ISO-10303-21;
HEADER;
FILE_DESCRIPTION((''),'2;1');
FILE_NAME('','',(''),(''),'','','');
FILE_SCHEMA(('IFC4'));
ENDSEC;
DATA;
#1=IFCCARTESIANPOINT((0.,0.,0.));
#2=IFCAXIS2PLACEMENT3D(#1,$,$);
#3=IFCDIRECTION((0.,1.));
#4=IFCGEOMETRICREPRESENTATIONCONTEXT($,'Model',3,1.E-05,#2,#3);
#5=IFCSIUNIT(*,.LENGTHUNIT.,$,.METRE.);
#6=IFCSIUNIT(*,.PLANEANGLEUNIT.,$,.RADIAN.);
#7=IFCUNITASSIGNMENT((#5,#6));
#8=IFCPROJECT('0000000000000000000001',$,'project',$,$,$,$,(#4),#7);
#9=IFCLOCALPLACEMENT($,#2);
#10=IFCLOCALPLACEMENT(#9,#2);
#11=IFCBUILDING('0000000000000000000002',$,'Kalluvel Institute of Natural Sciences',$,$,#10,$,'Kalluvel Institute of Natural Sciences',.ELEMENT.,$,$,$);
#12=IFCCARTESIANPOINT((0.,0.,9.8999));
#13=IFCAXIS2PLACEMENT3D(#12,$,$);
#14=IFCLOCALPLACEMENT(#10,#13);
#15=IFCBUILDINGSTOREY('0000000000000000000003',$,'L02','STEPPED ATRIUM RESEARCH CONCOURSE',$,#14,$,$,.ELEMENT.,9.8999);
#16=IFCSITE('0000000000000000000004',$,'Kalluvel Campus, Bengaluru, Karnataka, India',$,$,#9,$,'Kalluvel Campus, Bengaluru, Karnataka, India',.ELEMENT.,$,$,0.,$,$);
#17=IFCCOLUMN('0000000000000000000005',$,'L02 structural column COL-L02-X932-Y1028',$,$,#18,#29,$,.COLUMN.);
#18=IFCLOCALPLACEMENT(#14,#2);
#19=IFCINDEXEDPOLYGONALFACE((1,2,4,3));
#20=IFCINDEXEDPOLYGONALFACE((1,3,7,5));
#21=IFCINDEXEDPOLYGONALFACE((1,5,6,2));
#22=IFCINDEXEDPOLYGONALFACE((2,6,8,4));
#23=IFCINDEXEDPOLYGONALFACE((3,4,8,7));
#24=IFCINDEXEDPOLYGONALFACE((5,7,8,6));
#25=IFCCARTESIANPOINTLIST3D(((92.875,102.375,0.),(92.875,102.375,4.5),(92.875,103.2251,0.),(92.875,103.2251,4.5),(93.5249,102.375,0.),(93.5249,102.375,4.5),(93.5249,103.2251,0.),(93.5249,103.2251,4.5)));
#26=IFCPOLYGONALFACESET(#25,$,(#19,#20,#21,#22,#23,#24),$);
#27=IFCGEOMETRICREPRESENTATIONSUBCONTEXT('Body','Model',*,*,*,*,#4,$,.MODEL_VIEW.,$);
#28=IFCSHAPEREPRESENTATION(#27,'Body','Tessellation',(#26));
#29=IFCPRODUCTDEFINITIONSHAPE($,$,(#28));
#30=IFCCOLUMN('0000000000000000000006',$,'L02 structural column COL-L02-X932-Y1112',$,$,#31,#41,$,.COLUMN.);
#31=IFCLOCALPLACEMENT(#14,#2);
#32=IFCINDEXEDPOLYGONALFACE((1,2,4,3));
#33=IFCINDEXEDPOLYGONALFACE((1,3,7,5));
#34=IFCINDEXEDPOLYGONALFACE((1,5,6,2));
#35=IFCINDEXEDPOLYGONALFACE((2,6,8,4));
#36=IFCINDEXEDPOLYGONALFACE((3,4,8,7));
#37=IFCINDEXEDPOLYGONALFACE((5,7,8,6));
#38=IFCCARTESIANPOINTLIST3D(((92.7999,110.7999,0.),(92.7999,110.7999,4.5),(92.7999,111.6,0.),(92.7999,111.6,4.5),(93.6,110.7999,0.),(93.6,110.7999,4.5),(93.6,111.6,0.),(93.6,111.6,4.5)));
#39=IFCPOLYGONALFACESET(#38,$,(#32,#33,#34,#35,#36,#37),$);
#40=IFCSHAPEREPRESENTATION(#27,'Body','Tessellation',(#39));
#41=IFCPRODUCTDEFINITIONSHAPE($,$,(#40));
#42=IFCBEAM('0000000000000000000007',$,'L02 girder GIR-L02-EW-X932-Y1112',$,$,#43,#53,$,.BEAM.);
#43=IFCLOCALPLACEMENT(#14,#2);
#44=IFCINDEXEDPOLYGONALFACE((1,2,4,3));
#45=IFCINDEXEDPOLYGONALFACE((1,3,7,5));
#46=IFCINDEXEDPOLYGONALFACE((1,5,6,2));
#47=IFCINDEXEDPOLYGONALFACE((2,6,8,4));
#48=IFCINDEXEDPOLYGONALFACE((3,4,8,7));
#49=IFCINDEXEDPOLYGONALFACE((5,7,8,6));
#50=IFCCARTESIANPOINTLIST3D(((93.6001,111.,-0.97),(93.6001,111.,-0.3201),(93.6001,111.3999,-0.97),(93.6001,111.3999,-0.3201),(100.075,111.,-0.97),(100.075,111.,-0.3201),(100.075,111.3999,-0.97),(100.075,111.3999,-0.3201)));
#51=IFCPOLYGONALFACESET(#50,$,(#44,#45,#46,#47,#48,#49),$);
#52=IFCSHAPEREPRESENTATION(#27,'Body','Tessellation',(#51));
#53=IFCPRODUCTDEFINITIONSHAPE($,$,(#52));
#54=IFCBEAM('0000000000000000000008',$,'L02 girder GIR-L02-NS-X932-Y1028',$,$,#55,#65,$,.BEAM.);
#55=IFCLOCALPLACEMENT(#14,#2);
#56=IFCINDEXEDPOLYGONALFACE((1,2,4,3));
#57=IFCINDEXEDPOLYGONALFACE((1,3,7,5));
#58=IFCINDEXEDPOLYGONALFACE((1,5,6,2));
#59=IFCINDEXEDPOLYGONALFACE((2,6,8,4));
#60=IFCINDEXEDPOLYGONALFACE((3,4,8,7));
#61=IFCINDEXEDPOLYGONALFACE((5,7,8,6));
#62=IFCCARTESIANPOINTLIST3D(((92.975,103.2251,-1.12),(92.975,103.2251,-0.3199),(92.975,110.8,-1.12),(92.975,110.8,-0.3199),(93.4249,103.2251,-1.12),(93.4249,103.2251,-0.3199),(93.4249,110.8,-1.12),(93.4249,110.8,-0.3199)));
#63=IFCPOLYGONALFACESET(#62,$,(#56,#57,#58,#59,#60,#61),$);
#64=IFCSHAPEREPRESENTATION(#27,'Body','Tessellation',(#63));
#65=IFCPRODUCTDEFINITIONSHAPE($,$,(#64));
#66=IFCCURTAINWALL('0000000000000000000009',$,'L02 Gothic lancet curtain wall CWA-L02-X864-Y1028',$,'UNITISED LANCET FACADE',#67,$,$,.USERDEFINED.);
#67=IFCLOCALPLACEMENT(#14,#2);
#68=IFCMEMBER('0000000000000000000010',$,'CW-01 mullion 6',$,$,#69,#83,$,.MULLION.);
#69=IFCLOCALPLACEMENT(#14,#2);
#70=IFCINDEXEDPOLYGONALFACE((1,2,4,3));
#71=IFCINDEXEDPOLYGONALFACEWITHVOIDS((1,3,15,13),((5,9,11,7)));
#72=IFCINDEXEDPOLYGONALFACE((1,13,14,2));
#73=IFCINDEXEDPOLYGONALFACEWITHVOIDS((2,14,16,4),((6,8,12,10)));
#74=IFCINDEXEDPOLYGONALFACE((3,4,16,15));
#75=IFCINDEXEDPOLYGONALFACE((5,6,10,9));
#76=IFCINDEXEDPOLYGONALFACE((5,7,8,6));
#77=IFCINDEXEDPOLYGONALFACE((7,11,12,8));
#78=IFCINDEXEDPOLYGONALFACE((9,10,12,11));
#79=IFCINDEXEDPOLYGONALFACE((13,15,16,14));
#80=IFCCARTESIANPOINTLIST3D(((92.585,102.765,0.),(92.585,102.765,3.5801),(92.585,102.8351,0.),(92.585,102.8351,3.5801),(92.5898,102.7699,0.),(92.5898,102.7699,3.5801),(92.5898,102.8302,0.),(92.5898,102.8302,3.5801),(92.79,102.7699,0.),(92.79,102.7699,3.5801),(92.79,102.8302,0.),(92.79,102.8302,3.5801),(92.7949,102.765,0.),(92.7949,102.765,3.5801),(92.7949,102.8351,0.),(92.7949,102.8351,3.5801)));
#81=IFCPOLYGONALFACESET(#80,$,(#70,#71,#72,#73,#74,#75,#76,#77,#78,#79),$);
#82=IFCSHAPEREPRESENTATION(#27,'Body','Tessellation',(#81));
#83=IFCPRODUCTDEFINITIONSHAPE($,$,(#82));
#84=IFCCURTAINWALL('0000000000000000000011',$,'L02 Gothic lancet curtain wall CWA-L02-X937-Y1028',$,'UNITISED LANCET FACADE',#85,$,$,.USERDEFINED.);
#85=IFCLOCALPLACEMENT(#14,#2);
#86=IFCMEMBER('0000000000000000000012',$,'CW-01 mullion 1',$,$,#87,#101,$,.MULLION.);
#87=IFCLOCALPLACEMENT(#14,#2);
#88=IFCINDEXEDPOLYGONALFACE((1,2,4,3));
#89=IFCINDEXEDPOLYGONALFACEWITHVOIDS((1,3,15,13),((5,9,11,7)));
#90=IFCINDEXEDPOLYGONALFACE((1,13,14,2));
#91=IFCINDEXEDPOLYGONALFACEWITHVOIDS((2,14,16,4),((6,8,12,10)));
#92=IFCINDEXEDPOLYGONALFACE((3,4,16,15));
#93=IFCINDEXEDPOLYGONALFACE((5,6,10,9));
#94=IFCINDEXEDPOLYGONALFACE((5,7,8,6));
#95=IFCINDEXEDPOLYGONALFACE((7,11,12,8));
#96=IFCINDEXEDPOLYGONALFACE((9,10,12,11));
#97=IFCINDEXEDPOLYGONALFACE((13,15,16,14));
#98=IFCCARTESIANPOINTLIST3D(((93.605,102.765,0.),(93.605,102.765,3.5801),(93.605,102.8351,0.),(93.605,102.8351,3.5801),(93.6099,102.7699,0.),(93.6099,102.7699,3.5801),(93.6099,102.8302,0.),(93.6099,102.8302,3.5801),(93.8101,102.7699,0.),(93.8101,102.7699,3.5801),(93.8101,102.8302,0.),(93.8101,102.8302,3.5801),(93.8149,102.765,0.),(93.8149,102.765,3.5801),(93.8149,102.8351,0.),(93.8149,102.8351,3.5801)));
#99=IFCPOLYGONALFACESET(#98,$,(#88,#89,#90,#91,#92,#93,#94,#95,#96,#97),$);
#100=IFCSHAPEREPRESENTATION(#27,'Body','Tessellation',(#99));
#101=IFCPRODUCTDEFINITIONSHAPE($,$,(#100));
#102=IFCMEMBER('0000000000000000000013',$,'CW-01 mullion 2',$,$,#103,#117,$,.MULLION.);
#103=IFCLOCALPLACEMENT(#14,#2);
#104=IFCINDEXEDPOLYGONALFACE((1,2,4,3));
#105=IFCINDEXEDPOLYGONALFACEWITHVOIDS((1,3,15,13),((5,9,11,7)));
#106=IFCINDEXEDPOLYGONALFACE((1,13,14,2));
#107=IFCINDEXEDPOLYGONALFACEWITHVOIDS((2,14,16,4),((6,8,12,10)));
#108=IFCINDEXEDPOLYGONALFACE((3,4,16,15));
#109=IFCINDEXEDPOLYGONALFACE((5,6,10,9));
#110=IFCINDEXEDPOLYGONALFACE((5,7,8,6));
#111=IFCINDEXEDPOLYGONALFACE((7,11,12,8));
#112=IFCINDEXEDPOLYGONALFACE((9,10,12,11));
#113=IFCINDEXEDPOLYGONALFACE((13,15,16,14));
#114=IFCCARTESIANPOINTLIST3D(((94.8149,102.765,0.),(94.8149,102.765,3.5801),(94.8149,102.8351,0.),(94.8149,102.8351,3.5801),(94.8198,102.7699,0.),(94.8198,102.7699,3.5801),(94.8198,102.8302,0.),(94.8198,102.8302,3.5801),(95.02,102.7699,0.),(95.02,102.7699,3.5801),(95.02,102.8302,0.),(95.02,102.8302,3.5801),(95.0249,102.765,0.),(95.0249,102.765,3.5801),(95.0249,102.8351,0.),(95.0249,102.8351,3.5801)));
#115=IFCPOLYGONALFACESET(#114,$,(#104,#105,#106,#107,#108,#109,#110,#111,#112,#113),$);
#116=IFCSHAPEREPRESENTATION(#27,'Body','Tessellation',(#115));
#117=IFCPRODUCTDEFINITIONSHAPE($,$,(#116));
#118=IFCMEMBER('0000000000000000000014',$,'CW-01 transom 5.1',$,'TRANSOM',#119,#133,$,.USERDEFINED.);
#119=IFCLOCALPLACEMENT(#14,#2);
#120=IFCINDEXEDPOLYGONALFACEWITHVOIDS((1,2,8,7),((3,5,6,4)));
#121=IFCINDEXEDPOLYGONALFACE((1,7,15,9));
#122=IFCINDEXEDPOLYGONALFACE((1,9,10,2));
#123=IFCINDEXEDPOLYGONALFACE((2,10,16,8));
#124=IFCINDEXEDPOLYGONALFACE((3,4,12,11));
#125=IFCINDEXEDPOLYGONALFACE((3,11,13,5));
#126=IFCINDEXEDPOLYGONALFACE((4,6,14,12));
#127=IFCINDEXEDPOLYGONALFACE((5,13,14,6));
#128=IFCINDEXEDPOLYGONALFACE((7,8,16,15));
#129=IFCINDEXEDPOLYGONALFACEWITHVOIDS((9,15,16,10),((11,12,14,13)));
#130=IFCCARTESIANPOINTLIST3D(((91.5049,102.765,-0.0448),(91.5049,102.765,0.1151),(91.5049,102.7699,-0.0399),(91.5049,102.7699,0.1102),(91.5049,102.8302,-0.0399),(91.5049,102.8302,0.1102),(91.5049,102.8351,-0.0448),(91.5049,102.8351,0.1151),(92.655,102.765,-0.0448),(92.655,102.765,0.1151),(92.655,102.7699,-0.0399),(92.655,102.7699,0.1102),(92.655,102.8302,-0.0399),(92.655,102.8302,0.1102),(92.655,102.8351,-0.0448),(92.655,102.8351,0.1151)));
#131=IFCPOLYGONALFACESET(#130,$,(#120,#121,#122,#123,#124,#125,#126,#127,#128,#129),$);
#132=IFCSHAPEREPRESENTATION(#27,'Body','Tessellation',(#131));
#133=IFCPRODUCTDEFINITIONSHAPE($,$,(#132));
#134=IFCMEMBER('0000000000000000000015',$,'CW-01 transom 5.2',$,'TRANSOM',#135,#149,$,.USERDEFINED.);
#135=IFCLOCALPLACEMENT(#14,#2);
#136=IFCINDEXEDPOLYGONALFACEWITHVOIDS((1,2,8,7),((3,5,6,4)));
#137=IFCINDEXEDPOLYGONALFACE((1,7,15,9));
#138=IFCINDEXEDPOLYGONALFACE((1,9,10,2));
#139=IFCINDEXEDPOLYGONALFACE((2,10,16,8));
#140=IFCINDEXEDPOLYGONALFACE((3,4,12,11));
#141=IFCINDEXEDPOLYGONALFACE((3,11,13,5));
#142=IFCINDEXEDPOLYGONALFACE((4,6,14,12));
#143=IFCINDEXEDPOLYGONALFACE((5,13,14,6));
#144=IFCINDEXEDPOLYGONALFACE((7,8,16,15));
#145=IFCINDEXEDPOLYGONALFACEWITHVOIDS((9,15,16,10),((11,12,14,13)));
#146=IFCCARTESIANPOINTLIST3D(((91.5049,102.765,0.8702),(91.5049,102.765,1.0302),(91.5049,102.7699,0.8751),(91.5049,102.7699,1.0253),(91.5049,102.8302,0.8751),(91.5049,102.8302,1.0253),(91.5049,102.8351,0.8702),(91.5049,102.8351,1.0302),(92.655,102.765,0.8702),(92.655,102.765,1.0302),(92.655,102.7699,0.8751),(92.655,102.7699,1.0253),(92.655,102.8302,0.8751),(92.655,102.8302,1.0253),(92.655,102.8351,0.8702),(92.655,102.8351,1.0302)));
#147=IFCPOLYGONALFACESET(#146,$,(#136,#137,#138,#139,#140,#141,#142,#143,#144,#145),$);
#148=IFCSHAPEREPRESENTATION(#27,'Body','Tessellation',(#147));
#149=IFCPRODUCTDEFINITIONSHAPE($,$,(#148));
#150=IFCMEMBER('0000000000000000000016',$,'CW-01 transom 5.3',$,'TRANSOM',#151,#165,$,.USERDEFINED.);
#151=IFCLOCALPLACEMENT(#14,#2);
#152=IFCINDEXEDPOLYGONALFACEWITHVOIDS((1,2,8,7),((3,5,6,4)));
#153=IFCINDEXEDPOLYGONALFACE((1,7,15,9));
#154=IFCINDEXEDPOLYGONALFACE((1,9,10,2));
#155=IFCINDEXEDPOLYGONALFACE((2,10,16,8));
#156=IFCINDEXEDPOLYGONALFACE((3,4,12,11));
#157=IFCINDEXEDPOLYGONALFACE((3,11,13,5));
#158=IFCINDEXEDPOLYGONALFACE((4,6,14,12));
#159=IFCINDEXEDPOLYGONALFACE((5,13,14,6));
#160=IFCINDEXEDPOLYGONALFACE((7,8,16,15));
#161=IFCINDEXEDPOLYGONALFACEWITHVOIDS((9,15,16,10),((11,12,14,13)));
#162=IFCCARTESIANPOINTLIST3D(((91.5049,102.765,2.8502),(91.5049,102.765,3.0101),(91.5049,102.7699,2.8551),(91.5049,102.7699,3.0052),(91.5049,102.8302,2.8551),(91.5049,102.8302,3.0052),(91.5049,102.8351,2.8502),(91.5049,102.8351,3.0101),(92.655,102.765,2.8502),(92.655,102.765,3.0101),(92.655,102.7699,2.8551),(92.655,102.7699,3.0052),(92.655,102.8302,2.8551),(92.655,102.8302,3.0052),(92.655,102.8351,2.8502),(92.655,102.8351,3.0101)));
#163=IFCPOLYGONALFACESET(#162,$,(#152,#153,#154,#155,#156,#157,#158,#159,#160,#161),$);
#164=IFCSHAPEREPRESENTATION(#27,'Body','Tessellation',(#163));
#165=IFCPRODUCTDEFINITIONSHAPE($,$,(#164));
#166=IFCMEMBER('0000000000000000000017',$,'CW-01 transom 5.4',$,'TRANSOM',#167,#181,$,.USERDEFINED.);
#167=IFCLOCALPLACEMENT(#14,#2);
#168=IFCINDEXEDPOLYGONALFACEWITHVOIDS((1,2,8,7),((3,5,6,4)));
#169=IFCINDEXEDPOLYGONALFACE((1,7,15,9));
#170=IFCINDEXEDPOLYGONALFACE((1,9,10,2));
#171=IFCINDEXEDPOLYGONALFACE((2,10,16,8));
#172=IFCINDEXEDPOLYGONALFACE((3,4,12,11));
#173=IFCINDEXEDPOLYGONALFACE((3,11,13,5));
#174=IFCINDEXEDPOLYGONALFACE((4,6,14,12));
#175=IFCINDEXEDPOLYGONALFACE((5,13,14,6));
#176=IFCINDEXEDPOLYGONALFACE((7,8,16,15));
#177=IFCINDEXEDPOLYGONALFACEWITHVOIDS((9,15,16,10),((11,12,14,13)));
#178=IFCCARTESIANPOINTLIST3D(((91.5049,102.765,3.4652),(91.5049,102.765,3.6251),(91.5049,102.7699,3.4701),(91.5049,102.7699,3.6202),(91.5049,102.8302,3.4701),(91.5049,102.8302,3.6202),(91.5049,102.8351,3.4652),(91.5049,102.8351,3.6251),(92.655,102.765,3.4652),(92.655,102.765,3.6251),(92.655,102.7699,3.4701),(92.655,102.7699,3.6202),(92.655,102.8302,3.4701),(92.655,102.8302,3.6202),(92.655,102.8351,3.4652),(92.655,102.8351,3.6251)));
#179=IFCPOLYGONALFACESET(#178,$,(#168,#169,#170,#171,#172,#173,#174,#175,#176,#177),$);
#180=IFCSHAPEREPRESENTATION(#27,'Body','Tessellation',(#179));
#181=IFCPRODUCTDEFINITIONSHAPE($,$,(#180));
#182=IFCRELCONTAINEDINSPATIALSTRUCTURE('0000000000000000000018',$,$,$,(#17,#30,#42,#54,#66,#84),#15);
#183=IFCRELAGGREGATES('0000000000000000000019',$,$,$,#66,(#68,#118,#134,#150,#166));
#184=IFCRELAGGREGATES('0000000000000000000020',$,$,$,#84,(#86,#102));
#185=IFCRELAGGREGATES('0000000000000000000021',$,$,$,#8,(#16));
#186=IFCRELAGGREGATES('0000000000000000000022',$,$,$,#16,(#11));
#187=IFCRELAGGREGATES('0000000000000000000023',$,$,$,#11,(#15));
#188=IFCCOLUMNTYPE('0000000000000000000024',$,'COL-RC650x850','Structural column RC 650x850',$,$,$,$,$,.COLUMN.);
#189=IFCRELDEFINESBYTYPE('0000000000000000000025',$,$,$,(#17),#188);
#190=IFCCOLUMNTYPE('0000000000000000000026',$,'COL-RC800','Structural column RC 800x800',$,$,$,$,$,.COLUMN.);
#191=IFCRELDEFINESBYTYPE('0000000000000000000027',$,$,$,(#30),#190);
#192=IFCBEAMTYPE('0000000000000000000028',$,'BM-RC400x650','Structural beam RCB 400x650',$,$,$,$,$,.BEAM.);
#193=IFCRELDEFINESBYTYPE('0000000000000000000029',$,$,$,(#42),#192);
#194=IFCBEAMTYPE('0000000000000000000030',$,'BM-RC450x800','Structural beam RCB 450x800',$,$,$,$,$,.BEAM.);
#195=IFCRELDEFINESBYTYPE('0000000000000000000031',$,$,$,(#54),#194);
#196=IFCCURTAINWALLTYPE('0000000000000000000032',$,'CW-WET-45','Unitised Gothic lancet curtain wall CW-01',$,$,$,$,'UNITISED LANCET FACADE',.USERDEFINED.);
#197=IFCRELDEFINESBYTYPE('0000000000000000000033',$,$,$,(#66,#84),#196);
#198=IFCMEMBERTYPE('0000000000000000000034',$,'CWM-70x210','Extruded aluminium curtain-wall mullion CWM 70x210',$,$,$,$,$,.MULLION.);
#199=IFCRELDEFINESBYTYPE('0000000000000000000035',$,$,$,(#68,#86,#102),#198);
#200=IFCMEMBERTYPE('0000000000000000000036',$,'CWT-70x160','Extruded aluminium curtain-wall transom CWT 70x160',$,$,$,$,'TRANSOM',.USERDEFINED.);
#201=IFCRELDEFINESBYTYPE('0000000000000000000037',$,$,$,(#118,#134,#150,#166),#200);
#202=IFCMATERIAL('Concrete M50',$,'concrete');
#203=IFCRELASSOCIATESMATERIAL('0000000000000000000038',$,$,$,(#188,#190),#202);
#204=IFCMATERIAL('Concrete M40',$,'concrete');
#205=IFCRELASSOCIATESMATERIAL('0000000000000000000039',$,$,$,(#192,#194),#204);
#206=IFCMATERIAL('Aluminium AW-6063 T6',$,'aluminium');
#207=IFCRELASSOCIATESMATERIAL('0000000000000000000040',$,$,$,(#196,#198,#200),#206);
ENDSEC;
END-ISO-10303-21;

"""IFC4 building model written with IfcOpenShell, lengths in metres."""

from ifc_helpers import new_model, si_unit, direction, frame, origin, origin_2d, place, context, subcontext, project, spatial, rectangle, hollow_rectangle, extrude, material, material_profile, profile_set, type_object, element, aggregate, save


model = new_model("IFC4")

# Units and contexts
model_context = context("Model", 3, precision=1e-05, world=origin(), true_north=direction((0.0, 1.0)))
body_context = subcontext(model_context, "Body", "Model", "MODEL_VIEW")
ifc_project = project(units=[si_unit("LENGTHUNIT", "METRE"), si_unit("PLANEANGLEUNIT", "RADIAN")], contexts=[model_context])

# Site, building, storey
site_placement = place(None, origin())
site = spatial("IfcSite", under=ifc_project, at=site_placement, Name="Kalluvel Campus, Bengaluru, Karnataka, India", LongName="Kalluvel Campus, Bengaluru, Karnataka, India", CompositionType="ELEMENT", RefElevation=0.0)
building_placement = place(site_placement, origin())
building = spatial("IfcBuilding", under=site, at=building_placement, Name="Kalluvel Institute of Natural Sciences", LongName="Kalluvel Institute of Natural Sciences", CompositionType="ELEMENT")
storey_placement = place(building_placement, frame((0.0, 0.0, 9.8999)))
storey = spatial("IfcBuildingStorey", under=building, at=storey_placement, Name="L02", Description="STEPPED ATRIUM RESEARCH CONCOURSE", CompositionType="ELEMENT", Elevation=9.8999)

# Columns
ifc_material_1 = material(Name="Concrete M50", Category="concrete")
ifc_material_profile_1 = material_profile(ifc_material_1, rectangle(XDim=0.6499, YDim=0.8501, at=origin_2d()), Name="RC 650x850")
ifc_profile_set_1 = profile_set([ifc_material_profile_1], Name="Concrete M50")
column_type_1 = type_object("IfcColumnType", Name="COL-RC650x850", Description="Structural column RC 650x850", PredefinedType="COLUMN", material=ifc_profile_set_1)
column_1_placement = place(storey_placement, frame((93.2, 102.8, 0.0), z_axis=(0.0, 0.0, 1.0), x_axis=(1.0, 0.0, 0.0)))
element("IfcColumn", 1, at=column_1_placement, inside=storey, type_object=column_type_1, Name="L02 structural column COL-L02-X932-Y1028", PredefinedType="COLUMN", context=body_context, shape_type="SweptSolid", body=[
    extrude(rectangle(XDim=0.6499, YDim=0.8501, at=origin_2d()), origin(), (0.0, 0.0, 1.0), 4.5),
])
ifc_material_profile_2 = material_profile(ifc_material_1, rectangle(XDim=0.8, YDim=0.8, at=origin_2d()), Name="RC 800x800")
ifc_profile_set_2 = profile_set([ifc_material_profile_2], Name="Concrete M50")
column_type_2 = type_object("IfcColumnType", Name="COL-RC800", Description="Structural column RC 800x800", PredefinedType="COLUMN", material=ifc_profile_set_2)
column_2_placement = place(storey_placement, frame((93.2, 111.2, 0.0), z_axis=(0.0, 0.0, 1.0), x_axis=(1.0, 0.0, 0.0)))
element("IfcColumn", 2, at=column_2_placement, inside=storey, type_object=column_type_2, Name="L02 structural column COL-L02-X932-Y1112", PredefinedType="COLUMN", context=body_context, shape_type="SweptSolid", body=[
    extrude(rectangle(XDim=0.8, YDim=0.8, at=origin_2d()), origin(), (0.0, 0.0, 1.0), 4.5),
])

# Beams
ifc_material_2 = material(Name="Concrete M40", Category="concrete")
ifc_material_profile_3 = material_profile(ifc_material_2, rectangle(XDim=0.3999, YDim=0.6499, at=origin_2d()), Name="RCB 400x650")
ifc_profile_set_3 = profile_set([ifc_material_profile_3], Name="Concrete M40")
beam_type_1 = type_object("IfcBeamType", Name="BM-RC400x650", Description="Structural beam RCB 400x650", PredefinedType="BEAM", material=ifc_profile_set_3)
beam_1_placement = place(storey_placement, frame((93.6001, 111.2, -0.645), z_axis=(1.0, 0.0, 0.0), x_axis=(0.0, 1.0, 0.0)))
element("IfcBeam", 3, at=beam_1_placement, inside=storey, type_object=beam_type_1, Name="L02 girder GIR-L02-EW-X932-Y1112", PredefinedType="BEAM", context=body_context, shape_type="SweptSolid", body=[
    extrude(rectangle(XDim=0.3999, YDim=0.6499, at=origin_2d()), origin(), (0.0, 0.0, 1.0), 6.4749),
])
ifc_material_profile_4 = material_profile(ifc_material_2, rectangle(XDim=0.45, YDim=0.8, at=origin_2d()), Name="RCB 450x800")
ifc_profile_set_4 = profile_set([ifc_material_profile_4], Name="Concrete M40")
beam_type_2 = type_object("IfcBeamType", Name="BM-RC450x800", Description="Structural beam RCB 450x800", PredefinedType="BEAM", material=ifc_profile_set_4)
beam_2_placement = place(storey_placement, frame((93.2, 103.2251, -0.72), z_axis=(0.0, 1.0, 0.0), x_axis=(-1.0, 0.0, 0.0)))
element("IfcBeam", 4, at=beam_2_placement, inside=storey, type_object=beam_type_2, Name="L02 girder GIR-L02-NS-X932-Y1028", PredefinedType="BEAM", context=body_context, shape_type="SweptSolid", body=[
    extrude(rectangle(XDim=0.45, YDim=0.8, at=origin_2d()), origin(), (0.0, 0.0, 1.0), 7.575),
])

# Curtain wall, member
ifc_material_3 = material(Name="Aluminium AW-6063 T6", Category="aluminium")
curtain_wall_type = type_object("IfcCurtainWallType", Name="CW-WET-45", Description="Unitised Gothic lancet curtain wall CW-01", ElementType="UNITISED LANCET FACADE", PredefinedType="USERDEFINED", material=ifc_material_3)
curtain_wall_1_placement = place(storey_placement, origin())
curtain_wall_1 = element("IfcCurtainWall", 5, at=curtain_wall_1_placement, inside=storey, type_object=curtain_wall_type, Name="L02 Gothic lancet curtain wall CWA-L02-X864-Y1028", ObjectType="UNITISED LANCET FACADE", PredefinedType="USERDEFINED")
ifc_material_profile_5 = material_profile(ifc_material_3, hollow_rectangle(XDim=0.0701, YDim=0.21, WallThickness=0.0049, at=origin_2d()), Name="CWM 70x210")
ifc_profile_set_5 = profile_set([ifc_material_profile_5], Name="Aluminium AW-6063 T6")
member_type_1 = type_object("IfcMemberType", Name="CWM-70x210", Description="Extruded aluminium curtain-wall mullion CWM 70x210", PredefinedType="MULLION", material=ifc_profile_set_5)
member_1_placement = place(storey_placement, frame((92.6899, 102.8, 0.0), z_axis=(0.0, 0.0, 1.0), x_axis=(0.0, 1.0, 0.0)))
member_1 = element("IfcMember", 6, at=member_1_placement, type_object=member_type_1, Name="CW-01 mullion 6", PredefinedType="MULLION", context=body_context, shape_type="SweptSolid", body=[
    extrude(hollow_rectangle(XDim=0.0701, YDim=0.21, WallThickness=0.0049, at=origin_2d()), origin(), (0.0, 0.0, 1.0), 3.5801),
])

# Curtain wall, members
curtain_wall_2_placement = place(storey_placement, origin())
curtain_wall_2 = element("IfcCurtainWall", 7, at=curtain_wall_2_placement, inside=storey, type_object=curtain_wall_type, Name="L02 Gothic lancet curtain wall CWA-L02-X937-Y1028", ObjectType="UNITISED LANCET FACADE", PredefinedType="USERDEFINED")
member_2_placement = place(storey_placement, frame((93.71, 102.8, 0.0), z_axis=(0.0, 0.0, 1.0), x_axis=(0.0, 1.0, 0.0)))
member_2 = element("IfcMember", 8, at=member_2_placement, type_object=member_type_1, Name="CW-01 mullion 1", PredefinedType="MULLION", context=body_context, shape_type="SweptSolid", body=[
    extrude(hollow_rectangle(XDim=0.0701, YDim=0.21, WallThickness=0.0049, at=origin_2d()), origin(), (0.0, 0.0, 1.0), 3.5801),
])
member_3_placement = place(storey_placement, frame((94.9199, 102.8, 0.0), z_axis=(0.0, 0.0, 1.0), x_axis=(0.0, 1.0, 0.0)))
member_3 = element("IfcMember", 9, at=member_3_placement, type_object=member_type_1, Name="CW-01 mullion 2", PredefinedType="MULLION", context=body_context, shape_type="SweptSolid", body=[
    extrude(hollow_rectangle(XDim=0.0701, YDim=0.21, WallThickness=0.0049, at=origin_2d()), origin(), (0.0, 0.0, 1.0), 3.5801),
])

# Members
ifc_material_profile_6 = material_profile(ifc_material_3, hollow_rectangle(XDim=0.0701, YDim=0.1599, WallThickness=0.0049, at=origin_2d()), Name="CWT 70x160")
ifc_profile_set_6 = profile_set([ifc_material_profile_6], Name="Aluminium AW-6063 T6")
member_type_2 = type_object("IfcMemberType", Name="CWT-70x160", Description="Extruded aluminium curtain-wall transom CWT 70x160", ElementType="TRANSOM", PredefinedType="USERDEFINED", material=ifc_profile_set_6)
member_4_placement = place(storey_placement, frame((91.5049, 102.8, 0.0352), z_axis=(1.0, 0.0, 0.0), x_axis=(0.0, 1.0, 0.0)))
member_4 = element("IfcMember", 10, at=member_4_placement, type_object=member_type_2, Name="CW-01 transom 5.1", ObjectType="TRANSOM", PredefinedType="USERDEFINED", context=body_context, shape_type="SweptSolid", body=[
    extrude(hollow_rectangle(XDim=0.0701, YDim=0.1599, WallThickness=0.0049, at=origin_2d()), origin(), (0.0, 0.0, 1.0), 1.1501),
])
member_5_placement = place(storey_placement, frame((91.5049, 102.8, 0.9502), z_axis=(1.0, 0.0, 0.0), x_axis=(0.0, 1.0, 0.0)))
member_5 = element("IfcMember", 11, at=member_5_placement, type_object=member_type_2, Name="CW-01 transom 5.2", ObjectType="TRANSOM", PredefinedType="USERDEFINED", context=body_context, shape_type="SweptSolid", body=[
    extrude(hollow_rectangle(XDim=0.0701, YDim=0.1599, WallThickness=0.0049, at=origin_2d()), origin(), (0.0, 0.0, 1.0), 1.1501),
])
member_6_placement = place(storey_placement, frame((91.5049, 102.8, 2.9302), z_axis=(1.0, 0.0, 0.0), x_axis=(0.0, 1.0, 0.0)))
member_6 = element("IfcMember", 12, at=member_6_placement, type_object=member_type_2, Name="CW-01 transom 5.3", ObjectType="TRANSOM", PredefinedType="USERDEFINED", context=body_context, shape_type="SweptSolid", body=[
    extrude(hollow_rectangle(XDim=0.0701, YDim=0.1599, WallThickness=0.0049, at=origin_2d()), origin(), (0.0, 0.0, 1.0), 1.1501),
])
member_7_placement = place(storey_placement, frame((91.5049, 102.8, 3.5452), z_axis=(1.0, 0.0, 0.0), x_axis=(0.0, 1.0, 0.0)))
member_7 = element("IfcMember", 13, at=member_7_placement, type_object=member_type_2, Name="CW-01 transom 5.4", ObjectType="TRANSOM", PredefinedType="USERDEFINED", context=body_context, shape_type="SweptSolid", body=[
    extrude(hollow_rectangle(XDim=0.0701, YDim=0.1599, WallThickness=0.0049, at=origin_2d()), origin(), (0.0, 0.0, 1.0), 1.1501),
])

aggregate(curtain_wall_1, [member_1, member_4, member_5, member_6, member_7])
aggregate(curtain_wall_2, [member_2, member_3])

save(model, "model.ifc")
